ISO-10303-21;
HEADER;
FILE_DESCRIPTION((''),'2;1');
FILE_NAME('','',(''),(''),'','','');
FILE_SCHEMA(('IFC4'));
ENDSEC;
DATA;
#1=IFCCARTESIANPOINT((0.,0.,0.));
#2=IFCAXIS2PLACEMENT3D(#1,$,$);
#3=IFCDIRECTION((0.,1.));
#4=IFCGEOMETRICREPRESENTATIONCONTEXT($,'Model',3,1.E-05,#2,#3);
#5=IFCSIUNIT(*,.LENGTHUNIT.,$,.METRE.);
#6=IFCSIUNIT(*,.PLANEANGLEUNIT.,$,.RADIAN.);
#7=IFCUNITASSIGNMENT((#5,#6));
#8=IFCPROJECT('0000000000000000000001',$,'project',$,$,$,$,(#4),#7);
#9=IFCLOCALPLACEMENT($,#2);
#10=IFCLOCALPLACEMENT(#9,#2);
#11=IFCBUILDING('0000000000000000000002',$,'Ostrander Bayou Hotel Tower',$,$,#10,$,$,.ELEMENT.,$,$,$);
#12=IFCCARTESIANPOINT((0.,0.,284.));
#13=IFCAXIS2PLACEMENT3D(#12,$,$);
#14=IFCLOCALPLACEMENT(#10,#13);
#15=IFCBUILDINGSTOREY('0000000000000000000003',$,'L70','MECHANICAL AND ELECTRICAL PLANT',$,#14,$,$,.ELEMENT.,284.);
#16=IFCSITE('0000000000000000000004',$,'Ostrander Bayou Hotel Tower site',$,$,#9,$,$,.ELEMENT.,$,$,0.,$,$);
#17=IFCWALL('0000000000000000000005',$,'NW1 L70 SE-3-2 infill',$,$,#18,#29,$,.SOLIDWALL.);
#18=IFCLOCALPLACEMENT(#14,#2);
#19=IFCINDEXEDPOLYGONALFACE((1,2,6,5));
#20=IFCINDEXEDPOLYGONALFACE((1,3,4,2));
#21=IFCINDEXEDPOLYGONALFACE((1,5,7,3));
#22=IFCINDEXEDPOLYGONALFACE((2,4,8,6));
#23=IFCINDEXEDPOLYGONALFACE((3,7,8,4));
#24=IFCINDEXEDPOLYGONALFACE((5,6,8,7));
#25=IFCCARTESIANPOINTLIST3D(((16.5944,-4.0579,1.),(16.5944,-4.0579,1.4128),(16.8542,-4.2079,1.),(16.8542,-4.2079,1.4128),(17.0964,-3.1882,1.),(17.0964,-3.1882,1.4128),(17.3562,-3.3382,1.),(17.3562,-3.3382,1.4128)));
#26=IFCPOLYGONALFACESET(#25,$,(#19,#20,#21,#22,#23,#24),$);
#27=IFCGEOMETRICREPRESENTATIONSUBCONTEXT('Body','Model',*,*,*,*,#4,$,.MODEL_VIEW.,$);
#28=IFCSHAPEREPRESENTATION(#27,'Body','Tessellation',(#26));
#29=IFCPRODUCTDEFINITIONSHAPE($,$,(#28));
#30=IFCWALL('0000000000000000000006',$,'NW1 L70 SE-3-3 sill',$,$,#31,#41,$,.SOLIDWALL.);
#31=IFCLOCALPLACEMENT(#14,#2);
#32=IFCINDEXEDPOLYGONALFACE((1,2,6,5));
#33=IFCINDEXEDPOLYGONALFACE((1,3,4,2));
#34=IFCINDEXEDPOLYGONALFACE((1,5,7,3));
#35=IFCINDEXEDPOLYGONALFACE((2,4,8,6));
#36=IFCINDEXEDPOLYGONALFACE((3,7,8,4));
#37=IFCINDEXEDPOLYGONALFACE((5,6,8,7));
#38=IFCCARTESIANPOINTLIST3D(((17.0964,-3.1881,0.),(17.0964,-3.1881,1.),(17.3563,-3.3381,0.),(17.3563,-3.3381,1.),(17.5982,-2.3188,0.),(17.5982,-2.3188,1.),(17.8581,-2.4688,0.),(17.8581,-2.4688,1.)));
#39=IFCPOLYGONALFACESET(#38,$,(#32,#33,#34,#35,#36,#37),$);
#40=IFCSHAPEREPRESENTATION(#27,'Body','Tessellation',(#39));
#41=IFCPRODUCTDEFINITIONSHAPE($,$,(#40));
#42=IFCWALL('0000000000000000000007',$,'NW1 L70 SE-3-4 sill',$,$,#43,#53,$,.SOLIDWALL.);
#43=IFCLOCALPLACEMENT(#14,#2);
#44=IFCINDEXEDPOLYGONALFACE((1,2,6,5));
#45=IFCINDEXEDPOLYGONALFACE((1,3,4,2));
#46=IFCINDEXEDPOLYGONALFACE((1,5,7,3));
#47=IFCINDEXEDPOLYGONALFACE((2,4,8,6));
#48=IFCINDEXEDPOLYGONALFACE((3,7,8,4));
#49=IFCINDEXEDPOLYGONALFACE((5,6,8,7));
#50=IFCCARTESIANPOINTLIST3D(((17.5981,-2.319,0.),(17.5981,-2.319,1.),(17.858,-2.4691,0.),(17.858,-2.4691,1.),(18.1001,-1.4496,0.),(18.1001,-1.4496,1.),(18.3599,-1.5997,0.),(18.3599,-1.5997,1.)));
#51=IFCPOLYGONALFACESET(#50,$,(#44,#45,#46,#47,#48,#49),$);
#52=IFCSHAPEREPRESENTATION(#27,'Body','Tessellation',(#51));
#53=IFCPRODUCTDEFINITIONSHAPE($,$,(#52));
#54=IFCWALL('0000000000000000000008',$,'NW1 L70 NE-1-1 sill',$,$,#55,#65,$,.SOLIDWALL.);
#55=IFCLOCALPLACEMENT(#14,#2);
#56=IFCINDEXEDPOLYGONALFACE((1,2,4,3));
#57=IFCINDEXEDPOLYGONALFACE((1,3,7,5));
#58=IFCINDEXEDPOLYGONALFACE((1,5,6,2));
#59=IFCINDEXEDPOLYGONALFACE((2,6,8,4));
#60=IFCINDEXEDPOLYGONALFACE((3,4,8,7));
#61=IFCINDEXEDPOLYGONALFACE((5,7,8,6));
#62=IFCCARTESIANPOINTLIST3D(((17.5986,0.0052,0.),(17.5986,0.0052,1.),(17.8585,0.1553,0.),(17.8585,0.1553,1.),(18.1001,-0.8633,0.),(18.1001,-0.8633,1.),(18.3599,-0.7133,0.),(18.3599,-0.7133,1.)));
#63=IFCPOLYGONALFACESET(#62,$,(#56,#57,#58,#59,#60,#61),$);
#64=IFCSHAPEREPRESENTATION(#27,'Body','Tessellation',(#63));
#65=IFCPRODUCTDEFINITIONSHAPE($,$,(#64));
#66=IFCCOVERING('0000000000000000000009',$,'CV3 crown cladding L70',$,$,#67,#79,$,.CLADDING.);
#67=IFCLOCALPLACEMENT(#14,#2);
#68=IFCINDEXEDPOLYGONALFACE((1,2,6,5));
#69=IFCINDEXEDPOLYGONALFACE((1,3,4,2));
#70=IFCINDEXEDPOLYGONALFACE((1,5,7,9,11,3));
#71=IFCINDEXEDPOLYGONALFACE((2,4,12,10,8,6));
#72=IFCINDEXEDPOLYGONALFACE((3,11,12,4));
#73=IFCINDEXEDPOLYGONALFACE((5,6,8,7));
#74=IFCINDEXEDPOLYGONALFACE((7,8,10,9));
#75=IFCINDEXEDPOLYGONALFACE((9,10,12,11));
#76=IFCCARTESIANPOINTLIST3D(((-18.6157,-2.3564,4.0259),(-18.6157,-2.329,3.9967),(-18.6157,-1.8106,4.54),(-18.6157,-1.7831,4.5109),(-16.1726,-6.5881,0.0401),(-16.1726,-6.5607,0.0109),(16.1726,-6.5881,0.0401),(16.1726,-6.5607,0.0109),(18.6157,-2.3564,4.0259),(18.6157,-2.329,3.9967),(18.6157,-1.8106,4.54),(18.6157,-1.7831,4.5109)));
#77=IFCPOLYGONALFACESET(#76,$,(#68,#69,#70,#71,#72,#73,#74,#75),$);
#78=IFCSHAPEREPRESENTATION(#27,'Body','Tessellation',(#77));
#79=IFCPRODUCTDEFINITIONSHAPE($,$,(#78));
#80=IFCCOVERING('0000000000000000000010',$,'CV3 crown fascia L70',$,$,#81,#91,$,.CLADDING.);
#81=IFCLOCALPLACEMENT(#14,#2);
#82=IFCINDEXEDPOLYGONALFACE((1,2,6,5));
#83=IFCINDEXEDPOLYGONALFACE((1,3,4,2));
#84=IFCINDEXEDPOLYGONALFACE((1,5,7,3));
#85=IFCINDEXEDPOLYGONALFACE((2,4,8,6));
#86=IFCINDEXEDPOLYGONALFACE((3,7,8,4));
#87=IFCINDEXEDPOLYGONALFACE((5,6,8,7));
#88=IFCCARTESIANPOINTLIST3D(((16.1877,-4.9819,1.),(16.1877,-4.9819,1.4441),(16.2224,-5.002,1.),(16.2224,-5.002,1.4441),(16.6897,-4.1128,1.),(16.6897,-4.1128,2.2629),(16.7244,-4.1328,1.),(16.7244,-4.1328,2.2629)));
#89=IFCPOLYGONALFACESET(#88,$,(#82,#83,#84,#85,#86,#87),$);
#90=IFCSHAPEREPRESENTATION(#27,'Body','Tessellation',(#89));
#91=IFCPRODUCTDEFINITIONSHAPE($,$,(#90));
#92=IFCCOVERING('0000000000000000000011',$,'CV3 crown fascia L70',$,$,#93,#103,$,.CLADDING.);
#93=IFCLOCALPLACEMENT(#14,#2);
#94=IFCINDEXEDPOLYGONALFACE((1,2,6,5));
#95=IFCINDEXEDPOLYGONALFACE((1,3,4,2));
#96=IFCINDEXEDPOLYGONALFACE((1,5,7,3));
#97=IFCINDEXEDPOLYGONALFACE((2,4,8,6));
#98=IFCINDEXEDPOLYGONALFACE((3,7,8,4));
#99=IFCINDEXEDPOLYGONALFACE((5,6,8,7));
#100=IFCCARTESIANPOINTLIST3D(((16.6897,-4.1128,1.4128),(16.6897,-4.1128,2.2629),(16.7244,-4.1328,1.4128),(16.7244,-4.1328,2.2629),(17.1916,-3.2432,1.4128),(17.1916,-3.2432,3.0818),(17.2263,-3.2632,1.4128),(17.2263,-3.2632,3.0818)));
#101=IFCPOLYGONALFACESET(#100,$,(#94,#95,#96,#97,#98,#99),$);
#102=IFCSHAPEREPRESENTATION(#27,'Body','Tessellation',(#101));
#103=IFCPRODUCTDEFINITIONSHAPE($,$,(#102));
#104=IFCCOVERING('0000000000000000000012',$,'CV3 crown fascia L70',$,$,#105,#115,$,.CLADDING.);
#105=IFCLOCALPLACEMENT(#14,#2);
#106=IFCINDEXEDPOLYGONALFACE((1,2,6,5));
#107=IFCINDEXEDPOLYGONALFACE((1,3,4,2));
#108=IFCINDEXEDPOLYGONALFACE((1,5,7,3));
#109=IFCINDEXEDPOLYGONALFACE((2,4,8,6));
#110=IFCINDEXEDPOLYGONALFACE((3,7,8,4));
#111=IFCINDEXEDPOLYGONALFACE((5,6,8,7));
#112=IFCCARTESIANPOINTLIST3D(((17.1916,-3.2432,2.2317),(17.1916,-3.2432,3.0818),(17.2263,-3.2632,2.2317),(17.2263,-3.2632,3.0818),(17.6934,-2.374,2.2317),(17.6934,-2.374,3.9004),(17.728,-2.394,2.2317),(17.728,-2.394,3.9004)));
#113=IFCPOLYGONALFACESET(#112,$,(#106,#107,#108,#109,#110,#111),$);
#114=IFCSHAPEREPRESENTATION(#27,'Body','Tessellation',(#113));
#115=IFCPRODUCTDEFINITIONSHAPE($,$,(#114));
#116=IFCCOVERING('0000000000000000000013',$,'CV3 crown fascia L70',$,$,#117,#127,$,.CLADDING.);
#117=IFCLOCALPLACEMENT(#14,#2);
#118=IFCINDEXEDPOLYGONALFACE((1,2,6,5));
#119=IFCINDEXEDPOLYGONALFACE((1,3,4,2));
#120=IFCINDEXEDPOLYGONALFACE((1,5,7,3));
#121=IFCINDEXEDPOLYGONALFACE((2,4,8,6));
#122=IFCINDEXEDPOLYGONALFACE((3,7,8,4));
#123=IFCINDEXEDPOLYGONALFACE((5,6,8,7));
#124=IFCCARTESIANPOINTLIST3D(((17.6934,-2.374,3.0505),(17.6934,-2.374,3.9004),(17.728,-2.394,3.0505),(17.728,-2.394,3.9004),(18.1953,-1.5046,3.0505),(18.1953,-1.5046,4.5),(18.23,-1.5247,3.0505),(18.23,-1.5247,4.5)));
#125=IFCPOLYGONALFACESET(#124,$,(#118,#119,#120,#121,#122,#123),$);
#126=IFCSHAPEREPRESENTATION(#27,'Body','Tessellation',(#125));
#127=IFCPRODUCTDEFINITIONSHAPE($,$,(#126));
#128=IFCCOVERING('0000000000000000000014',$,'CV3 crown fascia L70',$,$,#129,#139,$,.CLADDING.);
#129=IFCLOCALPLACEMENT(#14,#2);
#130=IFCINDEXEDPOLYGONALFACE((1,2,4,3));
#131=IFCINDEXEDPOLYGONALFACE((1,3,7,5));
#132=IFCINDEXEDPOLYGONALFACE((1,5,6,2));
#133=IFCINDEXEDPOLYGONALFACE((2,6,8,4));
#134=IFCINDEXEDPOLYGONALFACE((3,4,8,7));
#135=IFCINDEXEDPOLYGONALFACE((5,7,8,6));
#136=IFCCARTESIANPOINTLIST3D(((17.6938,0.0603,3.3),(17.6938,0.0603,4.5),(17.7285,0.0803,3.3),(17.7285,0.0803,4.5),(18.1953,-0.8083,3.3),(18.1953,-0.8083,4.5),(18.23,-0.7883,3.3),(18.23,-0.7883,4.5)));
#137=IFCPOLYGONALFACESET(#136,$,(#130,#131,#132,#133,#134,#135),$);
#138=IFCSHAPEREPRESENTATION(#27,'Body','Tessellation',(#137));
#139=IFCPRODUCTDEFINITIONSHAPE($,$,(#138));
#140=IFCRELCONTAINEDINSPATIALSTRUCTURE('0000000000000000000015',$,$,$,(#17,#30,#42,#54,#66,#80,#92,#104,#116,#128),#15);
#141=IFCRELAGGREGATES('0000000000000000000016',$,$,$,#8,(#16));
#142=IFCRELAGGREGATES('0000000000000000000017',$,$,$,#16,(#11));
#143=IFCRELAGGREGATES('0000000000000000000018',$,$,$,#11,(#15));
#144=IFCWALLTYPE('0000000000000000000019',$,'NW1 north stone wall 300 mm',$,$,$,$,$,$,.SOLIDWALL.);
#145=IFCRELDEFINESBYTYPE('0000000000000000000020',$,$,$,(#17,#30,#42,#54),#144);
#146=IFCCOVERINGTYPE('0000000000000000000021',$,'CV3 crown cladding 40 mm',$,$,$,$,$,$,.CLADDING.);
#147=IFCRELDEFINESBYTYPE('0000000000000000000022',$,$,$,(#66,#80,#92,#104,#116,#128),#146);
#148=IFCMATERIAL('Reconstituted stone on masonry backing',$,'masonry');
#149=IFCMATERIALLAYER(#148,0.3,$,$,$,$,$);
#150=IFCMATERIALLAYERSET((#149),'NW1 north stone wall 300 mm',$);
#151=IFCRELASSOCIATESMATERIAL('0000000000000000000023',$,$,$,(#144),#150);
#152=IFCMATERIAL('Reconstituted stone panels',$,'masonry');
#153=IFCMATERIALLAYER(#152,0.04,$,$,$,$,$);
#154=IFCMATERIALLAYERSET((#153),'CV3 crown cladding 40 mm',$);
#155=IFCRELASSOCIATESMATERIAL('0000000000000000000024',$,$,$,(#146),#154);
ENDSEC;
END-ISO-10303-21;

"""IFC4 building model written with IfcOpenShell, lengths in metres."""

from ifc_helpers import new_model, si_unit, direction, frame, frame_2d, origin, place, context, subcontext, project, spatial, polyline, rectangle, outline, extrude, material, layer, layer_set, type_object, element, save


model = new_model("IFC4")

# Units and contexts
model_context = context("Model", 3, precision=1e-05, world=origin(), true_north=direction((0.0, 1.0)))
body_context = subcontext(model_context, "Body", "Model", "MODEL_VIEW")
ifc_project = project(units=[si_unit("LENGTHUNIT", "METRE"), si_unit("PLANEANGLEUNIT", "RADIAN")], contexts=[model_context])

# Site, building, storey
site_placement = place(None, origin())
site = spatial("IfcSite", under=ifc_project, at=site_placement, Name="Ostrander Bayou Hotel Tower site", CompositionType="ELEMENT", RefElevation=0.0)
building_placement = place(site_placement, origin())
building = spatial("IfcBuilding", under=site, at=building_placement, Name="Ostrander Bayou Hotel Tower", CompositionType="ELEMENT")
storey_placement = place(building_placement, frame((0.0, 0.0, 284.0)))
storey = spatial("IfcBuildingStorey", under=building, at=storey_placement, Name="L70", Description="MECHANICAL AND ELECTRICAL PLANT", CompositionType="ELEMENT", Elevation=284.0)

# Walls
ifc_material_1 = material(Name="Reconstituted stone on masonry backing", Category="masonry")
ifc_layer_1 = layer(ifc_material_1, 0.3)
ifc_layer_set_1 = layer_set([ifc_layer_1], Name="NW1 north stone wall 300 mm")
wall_type = type_object("IfcWallType", Name="NW1 north stone wall 300 mm", PredefinedType="SOLIDWALL", material=ifc_layer_set_1)
wall_1_placement = place(storey_placement, frame((16.7244, -4.1328, 1.0), z_axis=(0.0, 0.0, 1.0), x_axis=(0.499905, 0.86608, 0.0)))
element("IfcWall", 1, at=wall_1_placement, inside=storey, type_object=wall_type, Name="NW1 L70 SE-3-2 infill", PredefinedType="SOLIDWALL", context=body_context, shape_type="SweptSolid", body=[
    extrude(rectangle(XDim=1.0042, YDim=0.3, at=frame_2d((0.502, 0.0))), origin(), (0.0, 0.0, 1.0), 0.4128),
])
wall_2_placement = place(storey_placement, frame((17.2263, -3.2632, 0.0), z_axis=(0.0, 0.0, 1.0), x_axis=(0.499933, 0.866064, 0.0)))
element("IfcWall", 2, at=wall_2_placement, inside=storey, type_object=wall_type, Name="NW1 L70 SE-3-3 sill", PredefinedType="SOLIDWALL", context=body_context, shape_type="SweptSolid", body=[
    extrude(rectangle(XDim=1.0037, YDim=0.3, at=frame_2d((0.502, 0.0))), origin(), (0.0, 0.0, 1.0), 1.0),
])
wall_3_placement = place(storey_placement, frame((17.728, -2.394, 0.0), z_axis=(0.0, 0.0, 1.0), x_axis=(0.50001, 0.86602, 0.0)))
element("IfcWall", 3, at=wall_3_placement, inside=storey, type_object=wall_type, Name="NW1 L70 SE-3-4 sill", PredefinedType="SOLIDWALL", context=body_context, shape_type="SweptSolid", body=[
    extrude(rectangle(XDim=1.0039, YDim=0.3, at=frame_2d((0.502, 0.0))), origin(), (0.0, 0.0, 1.0), 1.0),
])
wall_4_placement = place(storey_placement, frame((18.23, -0.7883, 0.0), z_axis=(0.0, 0.0, 1.0), x_axis=(-0.499961, 0.866048, 0.0)))
element("IfcWall", 4, at=wall_4_placement, inside=storey, type_object=wall_type, Name="NW1 L70 NE-1-1 sill", PredefinedType="SOLIDWALL", context=body_context, shape_type="SweptSolid", body=[
    extrude(rectangle(XDim=1.0029, YDim=0.3, at=frame_2d((0.5015, 0.0))), origin(), (0.0, 0.0, 1.0), 1.0),
])

# Coverings
ifc_material_2 = material(Name="Reconstituted stone panels", Category="masonry")
ifc_layer_2 = layer(ifc_material_2, 0.04)
ifc_layer_set_2 = layer_set([ifc_layer_2], Name="CV3 crown cladding 40 mm")
covering_type = type_object("IfcCoveringType", Name="CV3 crown cladding 40 mm", PredefinedType="CLADDING", material=ifc_layer_set_2)
covering_1_placement = place(storey_placement, frame((18.6157, -2.3564, 4.0259), z_axis=(0.0, -0.685643, 0.727938), x_axis=(-0.38744, -0.671082, -0.632091)))
element("IfcCovering", 5, at=covering_1_placement, inside=storey, type_object=covering_type, Name="CV3 crown cladding L70", PredefinedType="CLADDING", context=body_context, shape_type="SweptSolid", body=[
    extrude(outline(polyline([(0.0, 0.0), (6.3058, 0.0), (18.8376, -29.8189), (14.425, -34.3235), (13.7336, -34.614), (-0.6913, -0.2905), (0.0, 0.0)])), origin(), (0.0, 0.0, -1.0), 0.04),
])
covering_2_placement = place(storey_placement, frame((16.2224, -5.002, 1.0), z_axis=(0.865959, -0.500115, 0.0), x_axis=(0.500115, 0.865959, 0.0)))
element("IfcCovering", 6, at=covering_2_placement, inside=storey, type_object=covering_type, Name="CV3 crown fascia L70", PredefinedType="CLADDING", context=body_context, shape_type="SweptSolid", body=[
    extrude(outline(polyline([(0.0, 0.0), (1.0037, 0.0), (1.0037, 1.2629), (0.0, 0.4441), (0.0, 0.0)])), origin(), (0.0, 0.0, -1.0), 0.04),
])
covering_3_placement = place(storey_placement, frame((16.7244, -4.1328, 1.4128), z_axis=(0.86608, -0.499905, 0.0), x_axis=(0.499905, 0.86608, 0.0)))
element("IfcCovering", 7, at=covering_3_placement, inside=storey, type_object=covering_type, Name="CV3 crown fascia L70", PredefinedType="CLADDING", context=body_context, shape_type="SweptSolid", body=[
    extrude(outline(polyline([(0.0, 0.0), (1.0041, 0.0), (1.0041, 1.6689), (0.0, 0.8501), (0.0, 0.0)])), origin(), (0.0, 0.0, -1.0), 0.04),
])
covering_4_placement = place(storey_placement, frame((17.2263, -3.2632, 2.2317), z_axis=(0.866064, -0.499933, 0.0), x_axis=(0.499933, 0.866064, 0.0)))
element("IfcCovering", 8, at=covering_4_placement, inside=storey, type_object=covering_type, Name="CV3 crown fascia L70", PredefinedType="CLADDING", context=body_context, shape_type="SweptSolid", body=[
    extrude(outline(polyline([(0.0, 0.0), (1.0036, 0.0), (1.0036, 1.6687), (0.0, 0.8501), (0.0, 0.0)])), origin(), (0.0, 0.0, -1.0), 0.04),
])
covering_5_placement = place(storey_placement, frame((17.728, -2.394, 3.0505), z_axis=(0.86602, -0.50001, 0.0), x_axis=(0.50001, 0.86602, 0.0)))
element("IfcCovering", 9, at=covering_5_placement, inside=storey, type_object=covering_type, Name="CV3 crown fascia L70", PredefinedType="CLADDING", context=body_context, shape_type="SweptSolid", body=[
    extrude(outline(polyline([(0.0, 0.0), (1.0039, 0.0), (1.0039, 1.4495), (0.0, 0.8499), (0.0, 0.0)])), origin(), (0.0, 0.0, -1.0), 0.04),
])
covering_6_placement = place(storey_placement, frame((18.23, -0.7883, 3.3), z_axis=(0.866048, 0.499961, 0.0), x_axis=(-0.499961, 0.866048, 0.0)))
element("IfcCovering", 10, at=covering_6_placement, inside=storey, type_object=covering_type, Name="CV3 crown fascia L70", PredefinedType="CLADDING", context=body_context, shape_type="SweptSolid", body=[
    extrude(outline(polyline([(0.0, 0.0), (1.003, 0.0), (1.003, 1.2), (0.0, 1.2), (0.0, 0.0)])), origin(), (0.0, 0.0, -1.0), 0.04),
])

save(model, "model.ifc")
